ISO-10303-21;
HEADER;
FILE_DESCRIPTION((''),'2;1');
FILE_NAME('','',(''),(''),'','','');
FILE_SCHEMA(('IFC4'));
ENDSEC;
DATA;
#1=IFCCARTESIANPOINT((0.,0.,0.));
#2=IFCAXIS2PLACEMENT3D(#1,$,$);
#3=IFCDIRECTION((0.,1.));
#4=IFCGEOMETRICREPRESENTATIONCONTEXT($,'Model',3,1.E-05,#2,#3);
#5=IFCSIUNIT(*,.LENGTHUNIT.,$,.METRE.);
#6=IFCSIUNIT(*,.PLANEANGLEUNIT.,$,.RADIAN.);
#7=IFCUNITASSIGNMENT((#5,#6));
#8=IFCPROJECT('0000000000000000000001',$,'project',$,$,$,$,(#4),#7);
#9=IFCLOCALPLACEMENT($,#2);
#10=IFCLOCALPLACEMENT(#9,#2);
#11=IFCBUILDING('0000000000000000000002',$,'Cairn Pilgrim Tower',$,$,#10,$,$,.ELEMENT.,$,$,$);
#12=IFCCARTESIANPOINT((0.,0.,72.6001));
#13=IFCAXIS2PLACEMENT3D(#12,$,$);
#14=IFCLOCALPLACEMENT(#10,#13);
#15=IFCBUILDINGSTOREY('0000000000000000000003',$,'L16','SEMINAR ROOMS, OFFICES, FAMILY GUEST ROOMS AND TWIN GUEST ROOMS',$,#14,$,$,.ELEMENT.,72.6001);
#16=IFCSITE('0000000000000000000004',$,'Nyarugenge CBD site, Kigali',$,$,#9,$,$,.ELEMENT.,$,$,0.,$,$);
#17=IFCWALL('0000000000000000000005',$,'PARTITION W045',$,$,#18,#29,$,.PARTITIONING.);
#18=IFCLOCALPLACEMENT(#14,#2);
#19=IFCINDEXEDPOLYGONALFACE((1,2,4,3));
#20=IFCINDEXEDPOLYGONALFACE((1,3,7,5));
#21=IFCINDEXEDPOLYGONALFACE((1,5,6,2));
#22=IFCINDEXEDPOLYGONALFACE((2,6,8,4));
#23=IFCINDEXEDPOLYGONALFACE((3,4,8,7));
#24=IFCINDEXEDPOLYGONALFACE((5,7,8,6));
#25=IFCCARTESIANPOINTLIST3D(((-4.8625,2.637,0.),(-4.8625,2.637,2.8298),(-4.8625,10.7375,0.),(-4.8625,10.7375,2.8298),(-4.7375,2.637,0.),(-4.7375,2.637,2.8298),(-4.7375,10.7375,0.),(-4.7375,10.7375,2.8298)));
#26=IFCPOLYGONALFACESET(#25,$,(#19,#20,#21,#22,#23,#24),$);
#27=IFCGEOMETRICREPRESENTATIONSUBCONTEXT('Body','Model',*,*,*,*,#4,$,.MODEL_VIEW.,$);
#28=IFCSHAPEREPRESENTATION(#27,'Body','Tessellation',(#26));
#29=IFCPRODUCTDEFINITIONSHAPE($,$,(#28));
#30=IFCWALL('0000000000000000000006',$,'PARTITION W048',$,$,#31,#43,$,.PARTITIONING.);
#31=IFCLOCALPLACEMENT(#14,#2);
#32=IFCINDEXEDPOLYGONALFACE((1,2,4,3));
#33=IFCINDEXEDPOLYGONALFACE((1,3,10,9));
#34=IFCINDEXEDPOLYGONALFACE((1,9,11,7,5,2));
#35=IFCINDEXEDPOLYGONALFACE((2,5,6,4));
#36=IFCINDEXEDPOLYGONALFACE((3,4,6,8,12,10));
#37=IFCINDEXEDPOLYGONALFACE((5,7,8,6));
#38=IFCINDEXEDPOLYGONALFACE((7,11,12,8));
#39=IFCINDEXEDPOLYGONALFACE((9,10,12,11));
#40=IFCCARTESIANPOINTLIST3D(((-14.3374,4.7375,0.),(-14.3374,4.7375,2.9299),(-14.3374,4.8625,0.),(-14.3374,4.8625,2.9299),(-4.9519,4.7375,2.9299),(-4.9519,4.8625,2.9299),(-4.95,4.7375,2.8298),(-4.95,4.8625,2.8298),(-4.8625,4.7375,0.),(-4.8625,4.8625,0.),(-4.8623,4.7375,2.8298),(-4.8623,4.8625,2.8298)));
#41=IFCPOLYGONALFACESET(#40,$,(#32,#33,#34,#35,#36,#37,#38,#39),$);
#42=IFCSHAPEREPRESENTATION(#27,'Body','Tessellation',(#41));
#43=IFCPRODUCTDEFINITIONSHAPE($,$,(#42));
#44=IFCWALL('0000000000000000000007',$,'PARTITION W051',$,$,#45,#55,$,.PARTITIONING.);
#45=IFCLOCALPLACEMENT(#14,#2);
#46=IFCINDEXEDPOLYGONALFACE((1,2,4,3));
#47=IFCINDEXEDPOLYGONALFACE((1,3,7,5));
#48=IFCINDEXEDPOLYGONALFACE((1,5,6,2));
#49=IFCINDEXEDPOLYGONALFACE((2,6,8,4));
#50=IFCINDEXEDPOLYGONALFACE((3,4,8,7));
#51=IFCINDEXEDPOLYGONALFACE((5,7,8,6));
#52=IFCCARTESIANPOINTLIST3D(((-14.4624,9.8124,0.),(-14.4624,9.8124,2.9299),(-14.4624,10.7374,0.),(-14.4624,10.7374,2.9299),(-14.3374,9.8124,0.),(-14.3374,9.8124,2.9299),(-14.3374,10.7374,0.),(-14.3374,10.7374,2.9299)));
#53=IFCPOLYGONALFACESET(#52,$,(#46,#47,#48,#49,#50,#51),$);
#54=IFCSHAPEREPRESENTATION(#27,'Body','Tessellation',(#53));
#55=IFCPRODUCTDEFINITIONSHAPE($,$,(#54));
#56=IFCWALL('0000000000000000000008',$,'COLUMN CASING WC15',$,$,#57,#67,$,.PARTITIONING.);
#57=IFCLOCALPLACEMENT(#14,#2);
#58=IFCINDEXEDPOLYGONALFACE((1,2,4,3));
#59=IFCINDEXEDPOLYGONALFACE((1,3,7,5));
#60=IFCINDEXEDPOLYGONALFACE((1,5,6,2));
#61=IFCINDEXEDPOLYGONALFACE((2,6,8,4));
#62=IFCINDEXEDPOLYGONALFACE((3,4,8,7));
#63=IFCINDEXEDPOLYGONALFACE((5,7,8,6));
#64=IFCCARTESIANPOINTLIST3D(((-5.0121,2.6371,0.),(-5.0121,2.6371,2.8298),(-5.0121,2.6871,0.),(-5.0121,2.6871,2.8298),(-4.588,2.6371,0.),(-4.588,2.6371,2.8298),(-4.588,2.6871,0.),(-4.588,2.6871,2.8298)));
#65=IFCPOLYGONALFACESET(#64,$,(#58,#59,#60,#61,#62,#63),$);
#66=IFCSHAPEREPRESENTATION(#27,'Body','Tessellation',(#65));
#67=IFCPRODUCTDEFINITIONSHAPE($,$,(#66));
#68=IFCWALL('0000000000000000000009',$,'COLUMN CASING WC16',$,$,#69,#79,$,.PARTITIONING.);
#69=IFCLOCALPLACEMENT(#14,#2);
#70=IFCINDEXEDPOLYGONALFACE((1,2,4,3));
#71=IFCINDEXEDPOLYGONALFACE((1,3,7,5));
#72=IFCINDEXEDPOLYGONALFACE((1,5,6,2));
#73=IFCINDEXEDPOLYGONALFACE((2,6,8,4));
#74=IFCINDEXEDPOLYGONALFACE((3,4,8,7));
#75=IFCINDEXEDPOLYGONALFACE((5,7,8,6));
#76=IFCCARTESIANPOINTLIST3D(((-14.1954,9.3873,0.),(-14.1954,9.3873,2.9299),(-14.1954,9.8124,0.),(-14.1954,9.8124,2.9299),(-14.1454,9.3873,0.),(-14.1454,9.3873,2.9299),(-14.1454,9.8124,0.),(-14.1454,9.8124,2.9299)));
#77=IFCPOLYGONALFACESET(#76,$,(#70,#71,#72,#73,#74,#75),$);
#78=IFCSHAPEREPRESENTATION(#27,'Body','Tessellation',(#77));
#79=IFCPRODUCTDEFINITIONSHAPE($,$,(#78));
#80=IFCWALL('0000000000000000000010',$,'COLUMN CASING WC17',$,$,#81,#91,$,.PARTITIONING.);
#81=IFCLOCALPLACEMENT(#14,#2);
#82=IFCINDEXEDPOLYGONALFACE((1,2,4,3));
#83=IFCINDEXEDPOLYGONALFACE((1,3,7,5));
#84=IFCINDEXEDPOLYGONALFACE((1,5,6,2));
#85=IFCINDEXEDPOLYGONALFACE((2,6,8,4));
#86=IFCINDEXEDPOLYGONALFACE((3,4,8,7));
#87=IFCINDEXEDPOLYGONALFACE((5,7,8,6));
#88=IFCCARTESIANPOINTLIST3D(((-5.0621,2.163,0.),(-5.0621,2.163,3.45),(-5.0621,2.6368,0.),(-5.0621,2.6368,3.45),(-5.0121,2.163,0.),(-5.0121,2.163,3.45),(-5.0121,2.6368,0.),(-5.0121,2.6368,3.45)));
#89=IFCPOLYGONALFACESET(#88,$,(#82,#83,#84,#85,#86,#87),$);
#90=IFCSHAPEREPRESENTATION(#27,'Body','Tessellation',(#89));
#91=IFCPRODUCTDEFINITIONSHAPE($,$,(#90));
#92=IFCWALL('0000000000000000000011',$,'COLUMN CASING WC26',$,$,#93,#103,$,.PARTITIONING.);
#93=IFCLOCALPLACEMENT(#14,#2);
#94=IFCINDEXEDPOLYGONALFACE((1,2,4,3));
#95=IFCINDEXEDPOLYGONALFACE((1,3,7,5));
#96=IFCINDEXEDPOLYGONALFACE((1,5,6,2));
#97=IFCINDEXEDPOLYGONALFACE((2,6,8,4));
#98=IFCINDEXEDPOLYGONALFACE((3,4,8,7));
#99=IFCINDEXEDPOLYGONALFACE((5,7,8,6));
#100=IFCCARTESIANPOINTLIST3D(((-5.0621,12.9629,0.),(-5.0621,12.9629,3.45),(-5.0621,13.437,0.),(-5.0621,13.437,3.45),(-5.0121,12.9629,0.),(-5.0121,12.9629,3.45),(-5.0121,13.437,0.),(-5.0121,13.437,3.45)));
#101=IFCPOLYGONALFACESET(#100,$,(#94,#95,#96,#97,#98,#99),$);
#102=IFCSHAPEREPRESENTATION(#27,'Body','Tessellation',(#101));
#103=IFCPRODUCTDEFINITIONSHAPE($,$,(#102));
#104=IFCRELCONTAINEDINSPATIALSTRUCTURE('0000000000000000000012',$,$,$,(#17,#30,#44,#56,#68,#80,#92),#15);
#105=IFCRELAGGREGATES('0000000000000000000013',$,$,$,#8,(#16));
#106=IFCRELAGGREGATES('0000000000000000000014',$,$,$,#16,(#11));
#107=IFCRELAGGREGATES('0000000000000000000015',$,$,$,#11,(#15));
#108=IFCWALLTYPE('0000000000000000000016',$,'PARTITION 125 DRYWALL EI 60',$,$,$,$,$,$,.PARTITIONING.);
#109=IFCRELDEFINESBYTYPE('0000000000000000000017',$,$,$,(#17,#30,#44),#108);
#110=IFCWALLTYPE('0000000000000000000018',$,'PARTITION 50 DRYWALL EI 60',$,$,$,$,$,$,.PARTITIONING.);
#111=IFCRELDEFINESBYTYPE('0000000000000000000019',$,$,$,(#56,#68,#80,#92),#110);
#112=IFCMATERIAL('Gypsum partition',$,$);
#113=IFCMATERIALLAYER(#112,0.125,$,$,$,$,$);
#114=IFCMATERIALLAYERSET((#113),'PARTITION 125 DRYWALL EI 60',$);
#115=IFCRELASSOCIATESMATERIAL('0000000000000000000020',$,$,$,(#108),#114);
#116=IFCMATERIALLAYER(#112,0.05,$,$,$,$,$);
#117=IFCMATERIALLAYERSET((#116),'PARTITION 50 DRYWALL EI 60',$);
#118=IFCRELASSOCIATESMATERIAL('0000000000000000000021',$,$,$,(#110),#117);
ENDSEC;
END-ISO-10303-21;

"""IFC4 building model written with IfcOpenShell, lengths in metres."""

from ifc_helpers import new_model, si_unit, direction, frame, frame_2d, origin, place, context, subcontext, project, spatial, polyline, rectangle, outline, extrude, material, layer, layer_set, type_object, element, save


model = new_model("IFC4")

# Units and contexts
model_context = context("Model", 3, precision=1e-05, world=origin(), true_north=direction((0.0, 1.0)))
body_context = subcontext(model_context, "Body", "Model", "MODEL_VIEW")
ifc_project = project(units=[si_unit("LENGTHUNIT", "METRE"), si_unit("PLANEANGLEUNIT", "RADIAN")], contexts=[model_context])

# Site, building, storey
site_placement = place(None, origin())
site = spatial("IfcSite", under=ifc_project, at=site_placement, Name="Nyarugenge CBD site, Kigali", CompositionType="ELEMENT", RefElevation=0.0)
building_placement = place(site_placement, origin())
building = spatial("IfcBuilding", under=site, at=building_placement, Name="Cairn Pilgrim Tower", CompositionType="ELEMENT")
storey_placement = place(building_placement, frame((0.0, 0.0, 72.6001)))
storey = spatial("IfcBuildingStorey", under=building, at=storey_placement, Name="L16", Description="SEMINAR ROOMS, OFFICES, FAMILY GUEST ROOMS AND TWIN GUEST ROOMS", CompositionType="ELEMENT", Elevation=72.6001)

# Shared definitions
ifc_material_1 = material(Name="Gypsum partition")
ifc_layer_1 = layer(ifc_material_1, 0.125)
ifc_layer_set_1 = layer_set([ifc_layer_1], Name="PARTITION 125 DRYWALL EI 60")
wall_type_1 = type_object("IfcWallType", Name="PARTITION 125 DRYWALL EI 60", PredefinedType="PARTITIONING", material=ifc_layer_set_1)

# Walls
wall_1_placement = place(storey_placement, frame((-4.8, 2.637, 0.0), z_axis=(0.0, 0.0, 1.0), x_axis=(0.0, 1.0, 0.0)))
element("IfcWall", 1, at=wall_1_placement, inside=storey, type_object=wall_type_1, Name="PARTITION W045", PredefinedType="PARTITIONING", context=body_context, shape_type="SweptSolid", body=[
    extrude(rectangle(XDim=8.1006, YDim=0.125, at=frame_2d((4.0503, 0.0))), origin(), (0.0, 0.0, 1.0), 2.8298),
])
wall_2_placement = place(storey_placement, frame((-14.3374, 4.8, 0.0), z_axis=(0.0, 0.0, 1.0), x_axis=(1.0, 0.0, 0.0)))
element("IfcWall", 2, at=wall_2_placement, inside=storey, type_object=wall_type_1, Name="PARTITION W048", PredefinedType="PARTITIONING", context=body_context, shape_type="SweptSolid", body=[
    extrude(outline(polyline([(0.0, 0.0), (9.4749, 0.0), (9.4751, 2.8298), (9.3875, 2.8298), (9.3855, 2.9299), (0.0, 2.9299), (0.0, 0.0)])), frame((0.0, 0.0625, 0.0), z_axis=(0.0, -1.0, 0.0), x_axis=(1.0, 0.0, 0.0)), (0.0, 0.0, 1.0), 0.125),
])
wall_3_placement = place(storey_placement, frame((-14.3999, 9.8125, 0.0), z_axis=(0.0, 0.0, 1.0), x_axis=(0.0, 1.0, 0.0)))
element("IfcWall", 3, at=wall_3_placement, inside=storey, type_object=wall_type_1, Name="PARTITION W051", PredefinedType="PARTITIONING", context=body_context, shape_type="SweptSolid", body=[
    extrude(rectangle(XDim=0.925, YDim=0.125, at=frame_2d((0.4624, 0.0))), origin(), (0.0, 0.0, 1.0), 2.9299),
])
ifc_layer_2 = layer(ifc_material_1, 0.05)
ifc_layer_set_2 = layer_set([ifc_layer_2], Name="PARTITION 50 DRYWALL EI 60")
wall_type_2 = type_object("IfcWallType", Name="PARTITION 50 DRYWALL EI 60", PredefinedType="PARTITIONING", material=ifc_layer_set_2)
wall_4_placement = place(storey_placement, frame((-5.012, 2.6621, 0.0), z_axis=(0.0, 0.0, 1.0), x_axis=(1.0, 0.0, 0.0)))
element("IfcWall", 4, at=wall_4_placement, inside=storey, type_object=wall_type_2, Name="COLUMN CASING WC15", PredefinedType="PARTITIONING", context=body_context, shape_type="SweptSolid", body=[
    extrude(rectangle(XDim=0.4241, YDim=0.05, at=frame_2d((0.2119, 0.0))), origin(), (0.0, 0.0, 1.0), 2.8298),
])
wall_5_placement = place(storey_placement, frame((-14.1704, 9.3875, 0.0), z_axis=(0.0, 0.0, 1.0), x_axis=(0.0, 1.0, 0.0)))
element("IfcWall", 5, at=wall_5_placement, inside=storey, type_object=wall_type_2, Name="COLUMN CASING WC16", PredefinedType="PARTITIONING", context=body_context, shape_type="SweptSolid", body=[
    extrude(rectangle(XDim=0.425, YDim=0.05, at=frame_2d((0.2124, 0.0))), origin(), (0.0, 0.0, 1.0), 2.9299),
])
wall_6_placement = place(storey_placement, frame((-5.0371, 2.1631, 0.0), z_axis=(0.0, 0.0, 1.0), x_axis=(0.0, 1.0, 0.0)))
element("IfcWall", 6, at=wall_6_placement, inside=storey, type_object=wall_type_2, Name="COLUMN CASING WC17", PredefinedType="PARTITIONING", context=body_context, shape_type="SweptSolid", body=[
    extrude(rectangle(XDim=0.4739, YDim=0.05, at=frame_2d((0.2368, 0.0))), origin(), (0.0, 0.0, 1.0), 3.45),
])
wall_7_placement = place(storey_placement, frame((-5.0371, 12.9629, 0.0), z_axis=(0.0, 0.0, 1.0), x_axis=(0.0, 1.0, 0.0)))
element("IfcWall", 7, at=wall_7_placement, inside=storey, type_object=wall_type_2, Name="COLUMN CASING WC26", PredefinedType="PARTITIONING", context=body_context, shape_type="SweptSolid", body=[
    extrude(rectangle(XDim=0.4741, YDim=0.05, at=frame_2d((0.2371, 0.0))), origin(), (0.0, 0.0, 1.0), 3.45),
])

save(model, "model.ifc")
